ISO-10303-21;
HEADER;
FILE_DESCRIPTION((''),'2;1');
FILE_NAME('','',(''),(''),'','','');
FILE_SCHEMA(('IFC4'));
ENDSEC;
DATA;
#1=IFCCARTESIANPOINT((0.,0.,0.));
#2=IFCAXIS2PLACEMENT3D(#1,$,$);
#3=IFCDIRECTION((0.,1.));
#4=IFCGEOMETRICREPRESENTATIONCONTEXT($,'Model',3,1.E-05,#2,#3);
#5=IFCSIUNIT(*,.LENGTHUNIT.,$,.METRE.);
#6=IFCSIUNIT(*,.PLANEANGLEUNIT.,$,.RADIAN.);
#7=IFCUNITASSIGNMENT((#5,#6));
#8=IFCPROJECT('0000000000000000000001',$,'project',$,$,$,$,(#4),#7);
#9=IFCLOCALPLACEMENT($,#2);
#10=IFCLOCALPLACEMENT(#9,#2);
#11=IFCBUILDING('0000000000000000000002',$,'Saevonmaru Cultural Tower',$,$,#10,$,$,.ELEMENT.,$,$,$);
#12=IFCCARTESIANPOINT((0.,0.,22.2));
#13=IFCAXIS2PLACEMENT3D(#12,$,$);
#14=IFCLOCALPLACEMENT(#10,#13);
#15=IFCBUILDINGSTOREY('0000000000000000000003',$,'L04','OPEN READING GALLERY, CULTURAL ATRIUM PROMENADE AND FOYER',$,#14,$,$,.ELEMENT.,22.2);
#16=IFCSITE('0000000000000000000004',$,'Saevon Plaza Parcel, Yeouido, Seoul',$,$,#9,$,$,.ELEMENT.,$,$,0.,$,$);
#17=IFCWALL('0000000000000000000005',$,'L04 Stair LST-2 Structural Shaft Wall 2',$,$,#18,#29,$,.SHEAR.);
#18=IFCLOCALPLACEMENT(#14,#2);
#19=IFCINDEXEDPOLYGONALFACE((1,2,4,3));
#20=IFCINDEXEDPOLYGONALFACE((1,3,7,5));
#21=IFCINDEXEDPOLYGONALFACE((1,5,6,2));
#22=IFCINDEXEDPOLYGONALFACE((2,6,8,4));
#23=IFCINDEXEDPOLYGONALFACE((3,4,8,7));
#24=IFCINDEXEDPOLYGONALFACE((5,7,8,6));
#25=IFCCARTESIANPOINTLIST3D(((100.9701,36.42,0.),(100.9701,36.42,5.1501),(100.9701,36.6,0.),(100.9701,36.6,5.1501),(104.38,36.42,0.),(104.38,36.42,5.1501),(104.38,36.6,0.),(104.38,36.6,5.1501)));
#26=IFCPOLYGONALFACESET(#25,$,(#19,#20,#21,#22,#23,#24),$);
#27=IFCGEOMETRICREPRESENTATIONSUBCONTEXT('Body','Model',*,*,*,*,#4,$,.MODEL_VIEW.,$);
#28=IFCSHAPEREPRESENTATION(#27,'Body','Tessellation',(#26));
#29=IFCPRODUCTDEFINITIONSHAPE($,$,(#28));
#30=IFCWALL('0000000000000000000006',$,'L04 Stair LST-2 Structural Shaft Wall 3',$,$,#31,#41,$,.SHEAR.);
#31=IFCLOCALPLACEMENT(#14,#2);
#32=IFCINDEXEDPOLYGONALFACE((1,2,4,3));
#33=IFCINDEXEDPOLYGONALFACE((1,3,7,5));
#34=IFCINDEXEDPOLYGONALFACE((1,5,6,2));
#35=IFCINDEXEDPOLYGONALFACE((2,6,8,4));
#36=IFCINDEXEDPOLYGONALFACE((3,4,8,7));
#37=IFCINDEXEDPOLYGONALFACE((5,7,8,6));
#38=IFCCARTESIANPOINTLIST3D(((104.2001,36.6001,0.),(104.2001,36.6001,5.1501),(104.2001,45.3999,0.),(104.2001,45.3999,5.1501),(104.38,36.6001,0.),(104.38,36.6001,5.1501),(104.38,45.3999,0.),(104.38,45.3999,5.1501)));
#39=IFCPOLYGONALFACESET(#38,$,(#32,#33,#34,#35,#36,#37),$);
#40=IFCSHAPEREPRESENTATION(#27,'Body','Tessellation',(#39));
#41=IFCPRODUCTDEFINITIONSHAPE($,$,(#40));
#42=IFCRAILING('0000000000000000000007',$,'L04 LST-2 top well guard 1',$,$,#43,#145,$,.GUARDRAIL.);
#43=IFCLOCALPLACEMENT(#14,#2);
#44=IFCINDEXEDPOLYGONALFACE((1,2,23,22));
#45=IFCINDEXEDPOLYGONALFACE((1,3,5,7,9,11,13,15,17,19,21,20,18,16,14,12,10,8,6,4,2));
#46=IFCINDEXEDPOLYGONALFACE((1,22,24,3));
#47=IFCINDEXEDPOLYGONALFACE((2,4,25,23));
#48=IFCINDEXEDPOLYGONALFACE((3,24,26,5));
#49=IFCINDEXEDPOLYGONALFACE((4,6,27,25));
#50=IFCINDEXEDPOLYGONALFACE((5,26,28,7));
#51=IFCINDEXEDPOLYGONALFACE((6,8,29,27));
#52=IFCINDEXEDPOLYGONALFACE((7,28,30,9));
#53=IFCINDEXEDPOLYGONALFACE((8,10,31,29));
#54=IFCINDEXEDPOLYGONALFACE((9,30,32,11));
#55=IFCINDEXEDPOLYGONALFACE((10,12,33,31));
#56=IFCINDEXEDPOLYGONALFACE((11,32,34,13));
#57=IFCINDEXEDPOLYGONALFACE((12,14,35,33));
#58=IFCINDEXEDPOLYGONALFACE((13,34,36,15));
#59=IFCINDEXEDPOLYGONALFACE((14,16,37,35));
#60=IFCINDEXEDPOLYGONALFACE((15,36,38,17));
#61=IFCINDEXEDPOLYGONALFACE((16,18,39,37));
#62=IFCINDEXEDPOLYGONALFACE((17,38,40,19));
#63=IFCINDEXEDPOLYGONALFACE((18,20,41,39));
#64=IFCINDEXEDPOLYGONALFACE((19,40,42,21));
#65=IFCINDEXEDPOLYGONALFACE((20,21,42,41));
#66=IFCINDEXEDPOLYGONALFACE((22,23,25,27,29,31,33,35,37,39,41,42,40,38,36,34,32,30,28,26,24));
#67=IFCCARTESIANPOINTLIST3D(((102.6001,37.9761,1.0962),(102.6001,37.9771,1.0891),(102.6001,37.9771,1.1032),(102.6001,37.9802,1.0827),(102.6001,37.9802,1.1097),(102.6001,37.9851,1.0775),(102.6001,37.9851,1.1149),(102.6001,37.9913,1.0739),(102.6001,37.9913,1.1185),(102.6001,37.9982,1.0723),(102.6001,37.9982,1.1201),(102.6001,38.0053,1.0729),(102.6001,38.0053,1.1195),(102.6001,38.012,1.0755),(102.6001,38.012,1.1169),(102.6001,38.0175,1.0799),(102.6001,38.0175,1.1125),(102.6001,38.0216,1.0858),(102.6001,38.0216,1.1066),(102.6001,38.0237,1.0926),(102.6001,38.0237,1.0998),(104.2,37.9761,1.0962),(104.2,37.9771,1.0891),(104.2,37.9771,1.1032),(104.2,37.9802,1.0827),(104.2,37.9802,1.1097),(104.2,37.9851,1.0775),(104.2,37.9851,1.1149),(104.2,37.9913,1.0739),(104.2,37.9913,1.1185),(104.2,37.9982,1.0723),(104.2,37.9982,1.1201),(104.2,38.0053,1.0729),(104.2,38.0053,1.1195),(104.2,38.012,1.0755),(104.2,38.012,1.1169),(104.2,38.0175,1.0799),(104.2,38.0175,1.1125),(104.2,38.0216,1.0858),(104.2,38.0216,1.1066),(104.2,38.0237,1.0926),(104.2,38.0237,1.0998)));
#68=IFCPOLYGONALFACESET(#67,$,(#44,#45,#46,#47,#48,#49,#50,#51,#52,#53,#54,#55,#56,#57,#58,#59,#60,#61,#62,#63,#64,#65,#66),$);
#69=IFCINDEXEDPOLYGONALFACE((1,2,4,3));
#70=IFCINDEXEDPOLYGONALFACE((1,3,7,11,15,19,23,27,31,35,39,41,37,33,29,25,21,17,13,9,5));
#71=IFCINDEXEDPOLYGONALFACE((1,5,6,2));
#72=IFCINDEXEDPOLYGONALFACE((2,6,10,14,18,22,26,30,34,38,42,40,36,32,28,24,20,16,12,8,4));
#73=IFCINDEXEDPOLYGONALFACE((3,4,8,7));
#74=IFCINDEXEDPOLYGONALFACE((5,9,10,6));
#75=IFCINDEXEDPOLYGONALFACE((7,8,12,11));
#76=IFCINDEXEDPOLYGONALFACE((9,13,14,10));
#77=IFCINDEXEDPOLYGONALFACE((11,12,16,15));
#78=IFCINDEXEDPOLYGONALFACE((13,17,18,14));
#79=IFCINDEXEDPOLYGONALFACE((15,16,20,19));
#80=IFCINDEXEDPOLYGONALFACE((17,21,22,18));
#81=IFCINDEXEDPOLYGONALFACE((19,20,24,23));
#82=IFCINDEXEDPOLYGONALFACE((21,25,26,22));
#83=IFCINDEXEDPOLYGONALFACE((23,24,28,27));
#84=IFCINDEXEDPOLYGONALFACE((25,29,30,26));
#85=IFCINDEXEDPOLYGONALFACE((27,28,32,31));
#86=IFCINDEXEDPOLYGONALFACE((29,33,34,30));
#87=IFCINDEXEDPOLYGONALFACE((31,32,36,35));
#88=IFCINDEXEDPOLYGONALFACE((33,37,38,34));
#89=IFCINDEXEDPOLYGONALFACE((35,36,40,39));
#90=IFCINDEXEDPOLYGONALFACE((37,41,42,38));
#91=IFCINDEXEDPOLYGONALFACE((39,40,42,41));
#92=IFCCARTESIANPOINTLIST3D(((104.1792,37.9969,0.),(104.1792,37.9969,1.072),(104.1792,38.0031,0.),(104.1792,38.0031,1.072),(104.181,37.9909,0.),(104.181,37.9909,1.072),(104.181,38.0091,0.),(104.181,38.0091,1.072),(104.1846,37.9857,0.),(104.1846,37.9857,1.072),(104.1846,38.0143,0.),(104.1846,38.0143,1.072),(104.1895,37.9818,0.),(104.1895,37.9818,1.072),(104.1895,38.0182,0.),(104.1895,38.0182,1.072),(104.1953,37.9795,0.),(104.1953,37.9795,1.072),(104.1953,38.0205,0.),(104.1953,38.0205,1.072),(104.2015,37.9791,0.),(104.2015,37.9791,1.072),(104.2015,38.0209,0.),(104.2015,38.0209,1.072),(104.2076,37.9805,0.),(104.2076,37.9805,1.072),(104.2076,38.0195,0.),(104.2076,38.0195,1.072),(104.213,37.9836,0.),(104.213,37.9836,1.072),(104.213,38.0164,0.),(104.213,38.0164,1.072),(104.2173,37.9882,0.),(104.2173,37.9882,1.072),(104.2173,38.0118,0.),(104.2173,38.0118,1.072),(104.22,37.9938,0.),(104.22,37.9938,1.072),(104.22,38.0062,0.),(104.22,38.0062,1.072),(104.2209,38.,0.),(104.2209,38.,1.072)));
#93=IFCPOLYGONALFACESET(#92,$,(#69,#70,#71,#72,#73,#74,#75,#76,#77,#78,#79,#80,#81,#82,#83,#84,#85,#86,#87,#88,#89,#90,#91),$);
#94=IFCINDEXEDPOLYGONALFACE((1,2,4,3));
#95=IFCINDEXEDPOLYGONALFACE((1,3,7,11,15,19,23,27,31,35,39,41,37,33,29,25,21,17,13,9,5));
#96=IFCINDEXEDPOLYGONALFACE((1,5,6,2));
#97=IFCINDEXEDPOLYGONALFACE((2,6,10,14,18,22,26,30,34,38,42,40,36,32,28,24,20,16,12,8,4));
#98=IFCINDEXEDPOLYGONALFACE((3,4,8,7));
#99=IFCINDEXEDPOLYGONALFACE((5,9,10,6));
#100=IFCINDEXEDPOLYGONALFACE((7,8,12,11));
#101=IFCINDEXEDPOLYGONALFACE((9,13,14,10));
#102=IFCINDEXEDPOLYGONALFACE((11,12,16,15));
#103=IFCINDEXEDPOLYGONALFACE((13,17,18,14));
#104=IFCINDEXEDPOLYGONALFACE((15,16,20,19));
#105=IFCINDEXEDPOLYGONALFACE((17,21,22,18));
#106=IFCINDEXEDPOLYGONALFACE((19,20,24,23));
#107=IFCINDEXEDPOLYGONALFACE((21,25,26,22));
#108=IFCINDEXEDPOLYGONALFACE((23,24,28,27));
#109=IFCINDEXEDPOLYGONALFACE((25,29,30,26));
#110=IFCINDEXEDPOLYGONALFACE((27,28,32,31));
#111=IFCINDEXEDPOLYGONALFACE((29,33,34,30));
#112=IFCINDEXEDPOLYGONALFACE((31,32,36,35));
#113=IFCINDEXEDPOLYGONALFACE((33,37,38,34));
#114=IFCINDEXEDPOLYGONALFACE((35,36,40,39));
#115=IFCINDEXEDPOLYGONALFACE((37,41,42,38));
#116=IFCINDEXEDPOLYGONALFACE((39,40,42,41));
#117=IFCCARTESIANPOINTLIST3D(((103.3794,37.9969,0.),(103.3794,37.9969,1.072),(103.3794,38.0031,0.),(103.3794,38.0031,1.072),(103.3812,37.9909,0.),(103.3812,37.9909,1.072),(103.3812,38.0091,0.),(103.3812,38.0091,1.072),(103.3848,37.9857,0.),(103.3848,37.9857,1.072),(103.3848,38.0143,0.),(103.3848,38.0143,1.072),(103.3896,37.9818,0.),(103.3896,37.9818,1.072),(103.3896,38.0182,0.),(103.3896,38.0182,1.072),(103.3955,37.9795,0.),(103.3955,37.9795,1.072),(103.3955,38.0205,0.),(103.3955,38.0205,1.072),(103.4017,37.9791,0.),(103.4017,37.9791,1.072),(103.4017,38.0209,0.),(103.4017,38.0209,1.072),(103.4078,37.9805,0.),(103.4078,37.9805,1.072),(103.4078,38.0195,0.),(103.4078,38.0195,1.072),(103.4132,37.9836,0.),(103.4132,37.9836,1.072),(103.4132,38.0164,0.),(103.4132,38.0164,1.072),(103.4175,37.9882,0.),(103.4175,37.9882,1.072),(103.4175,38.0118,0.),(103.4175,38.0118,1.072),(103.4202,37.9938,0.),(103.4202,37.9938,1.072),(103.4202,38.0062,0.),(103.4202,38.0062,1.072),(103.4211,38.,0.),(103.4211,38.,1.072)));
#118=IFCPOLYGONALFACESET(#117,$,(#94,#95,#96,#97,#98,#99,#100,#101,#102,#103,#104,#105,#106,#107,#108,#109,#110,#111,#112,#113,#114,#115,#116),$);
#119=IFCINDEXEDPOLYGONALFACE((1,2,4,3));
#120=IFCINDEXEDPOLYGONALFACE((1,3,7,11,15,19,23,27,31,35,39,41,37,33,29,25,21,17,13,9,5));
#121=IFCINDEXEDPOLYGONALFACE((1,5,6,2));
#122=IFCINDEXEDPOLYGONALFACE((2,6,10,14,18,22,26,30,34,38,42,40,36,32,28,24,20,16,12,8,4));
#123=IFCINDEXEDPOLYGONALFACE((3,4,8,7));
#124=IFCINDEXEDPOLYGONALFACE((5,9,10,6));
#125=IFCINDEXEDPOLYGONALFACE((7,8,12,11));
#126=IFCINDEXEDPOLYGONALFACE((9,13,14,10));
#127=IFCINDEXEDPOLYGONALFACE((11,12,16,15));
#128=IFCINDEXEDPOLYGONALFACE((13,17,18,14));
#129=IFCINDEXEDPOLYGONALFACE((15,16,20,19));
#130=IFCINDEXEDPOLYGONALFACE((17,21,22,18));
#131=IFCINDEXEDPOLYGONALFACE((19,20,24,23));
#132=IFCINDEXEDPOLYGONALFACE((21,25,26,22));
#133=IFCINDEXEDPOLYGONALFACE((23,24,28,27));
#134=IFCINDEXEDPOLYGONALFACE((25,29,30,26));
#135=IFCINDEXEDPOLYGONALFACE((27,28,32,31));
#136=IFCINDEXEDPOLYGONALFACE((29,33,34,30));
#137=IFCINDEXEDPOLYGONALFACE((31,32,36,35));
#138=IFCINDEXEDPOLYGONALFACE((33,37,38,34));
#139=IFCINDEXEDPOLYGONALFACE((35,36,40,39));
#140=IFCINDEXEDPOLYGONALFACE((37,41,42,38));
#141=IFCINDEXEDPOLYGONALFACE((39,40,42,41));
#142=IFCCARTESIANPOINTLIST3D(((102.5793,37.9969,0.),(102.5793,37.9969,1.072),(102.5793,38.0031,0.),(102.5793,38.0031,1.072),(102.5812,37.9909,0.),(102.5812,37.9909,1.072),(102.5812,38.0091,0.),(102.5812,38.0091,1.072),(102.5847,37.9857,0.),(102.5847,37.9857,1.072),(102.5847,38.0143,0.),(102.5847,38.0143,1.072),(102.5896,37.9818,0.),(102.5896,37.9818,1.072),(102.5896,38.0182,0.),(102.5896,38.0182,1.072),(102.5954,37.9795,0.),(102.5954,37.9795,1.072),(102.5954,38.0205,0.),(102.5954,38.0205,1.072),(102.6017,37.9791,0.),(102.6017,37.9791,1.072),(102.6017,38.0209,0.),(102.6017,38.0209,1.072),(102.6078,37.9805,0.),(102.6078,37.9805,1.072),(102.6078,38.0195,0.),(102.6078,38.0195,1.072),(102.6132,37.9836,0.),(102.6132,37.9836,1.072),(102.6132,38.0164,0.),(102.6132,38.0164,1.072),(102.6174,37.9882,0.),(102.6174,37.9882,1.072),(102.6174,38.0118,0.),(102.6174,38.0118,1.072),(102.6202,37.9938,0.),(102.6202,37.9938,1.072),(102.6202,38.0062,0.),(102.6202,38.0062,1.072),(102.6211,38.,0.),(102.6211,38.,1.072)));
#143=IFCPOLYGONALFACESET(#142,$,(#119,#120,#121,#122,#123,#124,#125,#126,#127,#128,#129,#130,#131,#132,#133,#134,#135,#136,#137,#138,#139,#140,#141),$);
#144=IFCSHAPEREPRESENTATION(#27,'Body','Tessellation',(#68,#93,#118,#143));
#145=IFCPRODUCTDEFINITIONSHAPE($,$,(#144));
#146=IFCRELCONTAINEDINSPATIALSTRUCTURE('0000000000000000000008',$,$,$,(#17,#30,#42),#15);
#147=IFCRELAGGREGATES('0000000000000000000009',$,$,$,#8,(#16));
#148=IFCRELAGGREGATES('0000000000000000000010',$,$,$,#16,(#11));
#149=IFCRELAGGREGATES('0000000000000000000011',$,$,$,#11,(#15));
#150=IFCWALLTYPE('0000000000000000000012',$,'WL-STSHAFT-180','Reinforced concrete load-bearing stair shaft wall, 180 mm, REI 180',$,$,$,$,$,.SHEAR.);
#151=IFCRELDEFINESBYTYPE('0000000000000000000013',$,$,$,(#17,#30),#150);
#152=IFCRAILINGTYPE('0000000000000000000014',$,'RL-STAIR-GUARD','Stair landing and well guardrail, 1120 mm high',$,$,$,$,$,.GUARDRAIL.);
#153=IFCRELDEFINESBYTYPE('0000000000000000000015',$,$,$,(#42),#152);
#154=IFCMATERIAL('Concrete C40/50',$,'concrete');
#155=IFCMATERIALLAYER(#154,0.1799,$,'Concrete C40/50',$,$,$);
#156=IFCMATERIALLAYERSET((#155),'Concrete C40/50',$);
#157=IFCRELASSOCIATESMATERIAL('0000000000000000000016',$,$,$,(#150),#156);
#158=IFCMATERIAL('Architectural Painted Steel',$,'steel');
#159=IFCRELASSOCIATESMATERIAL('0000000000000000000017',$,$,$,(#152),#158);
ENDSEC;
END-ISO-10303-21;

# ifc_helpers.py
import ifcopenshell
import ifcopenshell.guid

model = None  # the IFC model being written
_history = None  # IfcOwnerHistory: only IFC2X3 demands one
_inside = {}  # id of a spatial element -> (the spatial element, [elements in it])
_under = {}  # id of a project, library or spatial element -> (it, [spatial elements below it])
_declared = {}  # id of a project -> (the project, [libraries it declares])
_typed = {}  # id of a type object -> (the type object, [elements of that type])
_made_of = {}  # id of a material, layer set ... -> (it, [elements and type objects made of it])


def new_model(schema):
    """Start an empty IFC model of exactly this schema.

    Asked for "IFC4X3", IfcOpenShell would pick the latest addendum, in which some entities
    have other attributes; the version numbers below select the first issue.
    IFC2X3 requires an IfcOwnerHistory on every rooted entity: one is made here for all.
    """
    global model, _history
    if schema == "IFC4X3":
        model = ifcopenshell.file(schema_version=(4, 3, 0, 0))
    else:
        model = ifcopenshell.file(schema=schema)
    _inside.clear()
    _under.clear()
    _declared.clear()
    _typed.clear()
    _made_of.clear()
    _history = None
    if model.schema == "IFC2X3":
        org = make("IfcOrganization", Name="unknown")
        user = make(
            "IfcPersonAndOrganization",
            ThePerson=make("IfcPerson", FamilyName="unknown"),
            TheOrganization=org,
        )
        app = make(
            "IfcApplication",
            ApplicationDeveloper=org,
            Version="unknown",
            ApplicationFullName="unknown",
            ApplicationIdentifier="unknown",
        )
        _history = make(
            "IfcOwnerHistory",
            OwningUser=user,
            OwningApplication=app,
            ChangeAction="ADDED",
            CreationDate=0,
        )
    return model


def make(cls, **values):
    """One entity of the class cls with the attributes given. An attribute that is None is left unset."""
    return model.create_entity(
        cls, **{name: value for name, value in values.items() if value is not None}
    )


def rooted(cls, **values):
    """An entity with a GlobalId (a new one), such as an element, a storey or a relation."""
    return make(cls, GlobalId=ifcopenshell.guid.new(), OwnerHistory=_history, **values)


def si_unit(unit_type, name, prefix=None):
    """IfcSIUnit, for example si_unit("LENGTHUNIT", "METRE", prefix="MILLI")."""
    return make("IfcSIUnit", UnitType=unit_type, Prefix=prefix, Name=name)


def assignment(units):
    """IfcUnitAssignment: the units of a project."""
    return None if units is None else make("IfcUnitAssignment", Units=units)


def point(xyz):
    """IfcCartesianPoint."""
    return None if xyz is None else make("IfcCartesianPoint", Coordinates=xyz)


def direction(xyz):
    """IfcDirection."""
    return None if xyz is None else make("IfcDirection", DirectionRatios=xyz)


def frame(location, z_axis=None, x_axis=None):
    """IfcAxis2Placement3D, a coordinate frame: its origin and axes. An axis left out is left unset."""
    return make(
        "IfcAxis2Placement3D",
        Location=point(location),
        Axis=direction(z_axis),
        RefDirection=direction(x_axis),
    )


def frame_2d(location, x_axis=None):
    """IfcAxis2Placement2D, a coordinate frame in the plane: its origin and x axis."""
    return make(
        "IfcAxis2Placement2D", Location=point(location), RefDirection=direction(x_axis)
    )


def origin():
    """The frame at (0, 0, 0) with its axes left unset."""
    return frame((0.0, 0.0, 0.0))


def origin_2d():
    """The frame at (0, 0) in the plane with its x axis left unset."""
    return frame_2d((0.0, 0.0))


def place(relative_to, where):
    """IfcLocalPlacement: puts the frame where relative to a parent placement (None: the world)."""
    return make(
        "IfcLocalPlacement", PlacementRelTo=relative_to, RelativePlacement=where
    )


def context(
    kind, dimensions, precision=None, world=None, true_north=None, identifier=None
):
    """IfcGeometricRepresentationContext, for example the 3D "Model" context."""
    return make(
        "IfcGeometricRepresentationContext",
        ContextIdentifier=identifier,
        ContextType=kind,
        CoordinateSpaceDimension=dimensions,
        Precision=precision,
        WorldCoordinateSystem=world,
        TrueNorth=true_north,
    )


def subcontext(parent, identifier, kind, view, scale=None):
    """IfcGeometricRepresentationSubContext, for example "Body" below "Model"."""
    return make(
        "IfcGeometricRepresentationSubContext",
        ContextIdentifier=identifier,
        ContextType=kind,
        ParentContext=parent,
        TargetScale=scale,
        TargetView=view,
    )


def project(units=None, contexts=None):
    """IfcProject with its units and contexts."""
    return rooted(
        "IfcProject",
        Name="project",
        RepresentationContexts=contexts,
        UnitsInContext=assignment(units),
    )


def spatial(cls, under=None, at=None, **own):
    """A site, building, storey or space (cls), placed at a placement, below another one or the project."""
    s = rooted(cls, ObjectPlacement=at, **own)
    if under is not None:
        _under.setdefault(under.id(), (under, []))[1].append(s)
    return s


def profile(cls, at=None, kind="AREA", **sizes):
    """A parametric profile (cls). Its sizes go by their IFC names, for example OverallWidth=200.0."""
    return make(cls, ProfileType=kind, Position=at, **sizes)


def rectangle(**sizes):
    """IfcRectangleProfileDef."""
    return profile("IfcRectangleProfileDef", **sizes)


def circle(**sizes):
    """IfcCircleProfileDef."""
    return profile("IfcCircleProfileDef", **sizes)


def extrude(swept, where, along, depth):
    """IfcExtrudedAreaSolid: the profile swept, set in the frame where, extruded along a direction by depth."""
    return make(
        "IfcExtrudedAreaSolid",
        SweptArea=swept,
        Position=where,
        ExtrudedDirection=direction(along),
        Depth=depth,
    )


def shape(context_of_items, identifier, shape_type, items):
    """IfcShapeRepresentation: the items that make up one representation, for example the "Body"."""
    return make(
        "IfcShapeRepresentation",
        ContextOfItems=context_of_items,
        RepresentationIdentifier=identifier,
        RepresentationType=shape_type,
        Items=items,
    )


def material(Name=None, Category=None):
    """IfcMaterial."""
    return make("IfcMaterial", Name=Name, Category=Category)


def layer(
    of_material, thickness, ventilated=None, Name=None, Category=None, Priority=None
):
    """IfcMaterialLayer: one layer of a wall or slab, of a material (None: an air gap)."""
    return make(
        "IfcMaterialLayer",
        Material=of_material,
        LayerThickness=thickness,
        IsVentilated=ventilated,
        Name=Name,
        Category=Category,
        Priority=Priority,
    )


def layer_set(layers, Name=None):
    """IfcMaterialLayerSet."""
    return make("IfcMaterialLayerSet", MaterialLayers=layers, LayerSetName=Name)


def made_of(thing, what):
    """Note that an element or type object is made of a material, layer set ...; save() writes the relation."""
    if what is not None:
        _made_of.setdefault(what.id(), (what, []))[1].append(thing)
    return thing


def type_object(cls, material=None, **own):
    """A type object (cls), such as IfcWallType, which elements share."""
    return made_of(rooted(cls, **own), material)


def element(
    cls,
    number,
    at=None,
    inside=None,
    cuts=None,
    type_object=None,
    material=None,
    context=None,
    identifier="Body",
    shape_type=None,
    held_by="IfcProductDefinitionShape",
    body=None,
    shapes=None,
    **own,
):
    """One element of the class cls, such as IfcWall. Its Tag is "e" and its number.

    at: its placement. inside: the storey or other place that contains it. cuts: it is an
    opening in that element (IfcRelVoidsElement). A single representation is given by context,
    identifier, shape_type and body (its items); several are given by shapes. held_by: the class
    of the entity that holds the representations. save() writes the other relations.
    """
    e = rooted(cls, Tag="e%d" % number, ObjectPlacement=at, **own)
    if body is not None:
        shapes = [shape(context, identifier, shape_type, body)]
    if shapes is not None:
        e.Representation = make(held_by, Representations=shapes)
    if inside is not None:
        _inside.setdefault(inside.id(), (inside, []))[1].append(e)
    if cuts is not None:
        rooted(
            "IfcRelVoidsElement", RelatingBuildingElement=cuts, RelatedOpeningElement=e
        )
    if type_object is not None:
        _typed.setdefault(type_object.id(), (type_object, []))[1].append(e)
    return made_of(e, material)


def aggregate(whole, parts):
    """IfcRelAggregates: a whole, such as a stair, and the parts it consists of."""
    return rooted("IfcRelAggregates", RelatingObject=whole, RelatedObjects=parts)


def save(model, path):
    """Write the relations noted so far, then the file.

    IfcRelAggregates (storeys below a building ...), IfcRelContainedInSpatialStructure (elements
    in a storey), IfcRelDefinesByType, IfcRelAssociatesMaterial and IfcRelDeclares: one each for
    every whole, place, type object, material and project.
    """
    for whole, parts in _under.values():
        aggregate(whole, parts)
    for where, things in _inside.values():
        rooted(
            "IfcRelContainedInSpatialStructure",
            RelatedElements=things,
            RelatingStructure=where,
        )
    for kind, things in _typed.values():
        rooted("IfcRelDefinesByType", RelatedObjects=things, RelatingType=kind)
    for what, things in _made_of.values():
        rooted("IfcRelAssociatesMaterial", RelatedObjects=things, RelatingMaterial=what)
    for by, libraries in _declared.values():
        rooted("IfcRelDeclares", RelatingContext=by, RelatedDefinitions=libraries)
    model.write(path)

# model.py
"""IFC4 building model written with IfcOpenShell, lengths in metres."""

from ifc_helpers import new_model, si_unit, direction, frame, frame_2d, origin, origin_2d, place, context, subcontext, project, spatial, rectangle, circle, extrude, material, layer, layer_set, type_object, element, save


model = new_model("IFC4")

# Units and contexts
model_context = context("Model", 3, precision=1e-05, world=origin(), true_north=direction((0.0, 1.0)))
body_context = subcontext(model_context, "Body", "Model", "MODEL_VIEW")
ifc_project = project(units=[si_unit("LENGTHUNIT", "METRE"), si_unit("PLANEANGLEUNIT", "RADIAN")], contexts=[model_context])

# Site, building, storey
site_placement = place(None, origin())
site = spatial("IfcSite", under=ifc_project, at=site_placement, Name="Saevon Plaza Parcel, Yeouido, Seoul", CompositionType="ELEMENT", RefElevation=0.0)
building_placement = place(site_placement, origin())
building = spatial("IfcBuilding", under=site, at=building_placement, Name="Saevonmaru Cultural Tower", CompositionType="ELEMENT")
storey_placement = place(building_placement, frame((0.0, 0.0, 22.2)))
storey = spatial("IfcBuildingStorey", under=building, at=storey_placement, Name="L04", Description="OPEN READING GALLERY, CULTURAL ATRIUM PROMENADE AND FOYER", CompositionType="ELEMENT", Elevation=22.2)

# Walls
ifc_material_1 = material(Name="Concrete C40/50", Category="concrete")
ifc_layer_1 = layer(ifc_material_1, 0.1799, Name="Concrete C40/50")
ifc_layer_set_1 = layer_set([ifc_layer_1], Name="Concrete C40/50")
wall_type_1 = type_object("IfcWallType", Name="WL-STSHAFT-180", Description="Reinforced concrete load-bearing stair shaft wall, 180 mm, REI 180", PredefinedType="SHEAR", material=ifc_layer_set_1)
wall_1_placement = place(storey_placement, frame((100.97, 36.51, 0.0), z_axis=(0.0, 0.0, 1.0), x_axis=(1.0, 0.0, 0.0)))
element("IfcWall", 1, at=wall_1_placement, inside=storey, type_object=wall_type_1, Name="L04 Stair LST-2 Structural Shaft Wall 2", PredefinedType="SHEAR", context=body_context, shape_type="SweptSolid", body=[
    extrude(rectangle(XDim=3.4099, YDim=0.1799, at=frame_2d((1.7051, 0.0))), origin(), (0.0, 0.0, 1.0), 5.1501),
])
wall_2_placement = place(storey_placement, frame((104.29, 36.6001, 0.0), z_axis=(0.0, 0.0, 1.0), x_axis=(0.0, 1.0, 0.0)))
element("IfcWall", 2, at=wall_2_placement, inside=storey, type_object=wall_type_1, Name="L04 Stair LST-2 Structural Shaft Wall 3", PredefinedType="SHEAR", context=body_context, shape_type="SweptSolid", body=[
    extrude(rectangle(XDim=8.7998, YDim=0.1799, at=frame_2d((4.3999, 0.0))), origin(), (0.0, 0.0, 1.0), 5.1501),
])

# Railing
ifc_material_2 = material(Name="Architectural Painted Steel", Category="steel")
railing_type_1 = type_object("IfcRailingType", Name="RL-STAIR-GUARD", Description="Stair landing and well guardrail, 1120 mm high", PredefinedType="GUARDRAIL", material=ifc_material_2)
railing_1_placement = place(storey_placement, frame((104.2, 38.0, 0.0)))
element("IfcRailing", 3, at=railing_1_placement, inside=storey, type_object=railing_type_1, Name="L04 LST-2 top well guard 1", PredefinedType="GUARDRAIL", context=body_context, shape_type="SweptSolid", body=[
    extrude(circle(Radius=0.0239, at=origin_2d()), frame((0.0, 0.0, 1.0962), z_axis=(-1.0, 0.0, 0.0), x_axis=(0.0, -1.0, 0.0)), (0.0, 0.0, 1.0), 1.5999),
    extrude(circle(Radius=0.021, at=origin_2d()), origin(), (0.0, 0.0, 1.0), 1.072),
    extrude(circle(Radius=0.021, at=origin_2d()), frame((-0.7998, 0.0, 0.0)), (0.0, 0.0, 1.0), 1.072),
    extrude(circle(Radius=0.021, at=origin_2d()), frame((-1.5999, 0.0, 0.0)), (0.0, 0.0, 1.0), 1.072),
])

save(model, "model.ifc")
